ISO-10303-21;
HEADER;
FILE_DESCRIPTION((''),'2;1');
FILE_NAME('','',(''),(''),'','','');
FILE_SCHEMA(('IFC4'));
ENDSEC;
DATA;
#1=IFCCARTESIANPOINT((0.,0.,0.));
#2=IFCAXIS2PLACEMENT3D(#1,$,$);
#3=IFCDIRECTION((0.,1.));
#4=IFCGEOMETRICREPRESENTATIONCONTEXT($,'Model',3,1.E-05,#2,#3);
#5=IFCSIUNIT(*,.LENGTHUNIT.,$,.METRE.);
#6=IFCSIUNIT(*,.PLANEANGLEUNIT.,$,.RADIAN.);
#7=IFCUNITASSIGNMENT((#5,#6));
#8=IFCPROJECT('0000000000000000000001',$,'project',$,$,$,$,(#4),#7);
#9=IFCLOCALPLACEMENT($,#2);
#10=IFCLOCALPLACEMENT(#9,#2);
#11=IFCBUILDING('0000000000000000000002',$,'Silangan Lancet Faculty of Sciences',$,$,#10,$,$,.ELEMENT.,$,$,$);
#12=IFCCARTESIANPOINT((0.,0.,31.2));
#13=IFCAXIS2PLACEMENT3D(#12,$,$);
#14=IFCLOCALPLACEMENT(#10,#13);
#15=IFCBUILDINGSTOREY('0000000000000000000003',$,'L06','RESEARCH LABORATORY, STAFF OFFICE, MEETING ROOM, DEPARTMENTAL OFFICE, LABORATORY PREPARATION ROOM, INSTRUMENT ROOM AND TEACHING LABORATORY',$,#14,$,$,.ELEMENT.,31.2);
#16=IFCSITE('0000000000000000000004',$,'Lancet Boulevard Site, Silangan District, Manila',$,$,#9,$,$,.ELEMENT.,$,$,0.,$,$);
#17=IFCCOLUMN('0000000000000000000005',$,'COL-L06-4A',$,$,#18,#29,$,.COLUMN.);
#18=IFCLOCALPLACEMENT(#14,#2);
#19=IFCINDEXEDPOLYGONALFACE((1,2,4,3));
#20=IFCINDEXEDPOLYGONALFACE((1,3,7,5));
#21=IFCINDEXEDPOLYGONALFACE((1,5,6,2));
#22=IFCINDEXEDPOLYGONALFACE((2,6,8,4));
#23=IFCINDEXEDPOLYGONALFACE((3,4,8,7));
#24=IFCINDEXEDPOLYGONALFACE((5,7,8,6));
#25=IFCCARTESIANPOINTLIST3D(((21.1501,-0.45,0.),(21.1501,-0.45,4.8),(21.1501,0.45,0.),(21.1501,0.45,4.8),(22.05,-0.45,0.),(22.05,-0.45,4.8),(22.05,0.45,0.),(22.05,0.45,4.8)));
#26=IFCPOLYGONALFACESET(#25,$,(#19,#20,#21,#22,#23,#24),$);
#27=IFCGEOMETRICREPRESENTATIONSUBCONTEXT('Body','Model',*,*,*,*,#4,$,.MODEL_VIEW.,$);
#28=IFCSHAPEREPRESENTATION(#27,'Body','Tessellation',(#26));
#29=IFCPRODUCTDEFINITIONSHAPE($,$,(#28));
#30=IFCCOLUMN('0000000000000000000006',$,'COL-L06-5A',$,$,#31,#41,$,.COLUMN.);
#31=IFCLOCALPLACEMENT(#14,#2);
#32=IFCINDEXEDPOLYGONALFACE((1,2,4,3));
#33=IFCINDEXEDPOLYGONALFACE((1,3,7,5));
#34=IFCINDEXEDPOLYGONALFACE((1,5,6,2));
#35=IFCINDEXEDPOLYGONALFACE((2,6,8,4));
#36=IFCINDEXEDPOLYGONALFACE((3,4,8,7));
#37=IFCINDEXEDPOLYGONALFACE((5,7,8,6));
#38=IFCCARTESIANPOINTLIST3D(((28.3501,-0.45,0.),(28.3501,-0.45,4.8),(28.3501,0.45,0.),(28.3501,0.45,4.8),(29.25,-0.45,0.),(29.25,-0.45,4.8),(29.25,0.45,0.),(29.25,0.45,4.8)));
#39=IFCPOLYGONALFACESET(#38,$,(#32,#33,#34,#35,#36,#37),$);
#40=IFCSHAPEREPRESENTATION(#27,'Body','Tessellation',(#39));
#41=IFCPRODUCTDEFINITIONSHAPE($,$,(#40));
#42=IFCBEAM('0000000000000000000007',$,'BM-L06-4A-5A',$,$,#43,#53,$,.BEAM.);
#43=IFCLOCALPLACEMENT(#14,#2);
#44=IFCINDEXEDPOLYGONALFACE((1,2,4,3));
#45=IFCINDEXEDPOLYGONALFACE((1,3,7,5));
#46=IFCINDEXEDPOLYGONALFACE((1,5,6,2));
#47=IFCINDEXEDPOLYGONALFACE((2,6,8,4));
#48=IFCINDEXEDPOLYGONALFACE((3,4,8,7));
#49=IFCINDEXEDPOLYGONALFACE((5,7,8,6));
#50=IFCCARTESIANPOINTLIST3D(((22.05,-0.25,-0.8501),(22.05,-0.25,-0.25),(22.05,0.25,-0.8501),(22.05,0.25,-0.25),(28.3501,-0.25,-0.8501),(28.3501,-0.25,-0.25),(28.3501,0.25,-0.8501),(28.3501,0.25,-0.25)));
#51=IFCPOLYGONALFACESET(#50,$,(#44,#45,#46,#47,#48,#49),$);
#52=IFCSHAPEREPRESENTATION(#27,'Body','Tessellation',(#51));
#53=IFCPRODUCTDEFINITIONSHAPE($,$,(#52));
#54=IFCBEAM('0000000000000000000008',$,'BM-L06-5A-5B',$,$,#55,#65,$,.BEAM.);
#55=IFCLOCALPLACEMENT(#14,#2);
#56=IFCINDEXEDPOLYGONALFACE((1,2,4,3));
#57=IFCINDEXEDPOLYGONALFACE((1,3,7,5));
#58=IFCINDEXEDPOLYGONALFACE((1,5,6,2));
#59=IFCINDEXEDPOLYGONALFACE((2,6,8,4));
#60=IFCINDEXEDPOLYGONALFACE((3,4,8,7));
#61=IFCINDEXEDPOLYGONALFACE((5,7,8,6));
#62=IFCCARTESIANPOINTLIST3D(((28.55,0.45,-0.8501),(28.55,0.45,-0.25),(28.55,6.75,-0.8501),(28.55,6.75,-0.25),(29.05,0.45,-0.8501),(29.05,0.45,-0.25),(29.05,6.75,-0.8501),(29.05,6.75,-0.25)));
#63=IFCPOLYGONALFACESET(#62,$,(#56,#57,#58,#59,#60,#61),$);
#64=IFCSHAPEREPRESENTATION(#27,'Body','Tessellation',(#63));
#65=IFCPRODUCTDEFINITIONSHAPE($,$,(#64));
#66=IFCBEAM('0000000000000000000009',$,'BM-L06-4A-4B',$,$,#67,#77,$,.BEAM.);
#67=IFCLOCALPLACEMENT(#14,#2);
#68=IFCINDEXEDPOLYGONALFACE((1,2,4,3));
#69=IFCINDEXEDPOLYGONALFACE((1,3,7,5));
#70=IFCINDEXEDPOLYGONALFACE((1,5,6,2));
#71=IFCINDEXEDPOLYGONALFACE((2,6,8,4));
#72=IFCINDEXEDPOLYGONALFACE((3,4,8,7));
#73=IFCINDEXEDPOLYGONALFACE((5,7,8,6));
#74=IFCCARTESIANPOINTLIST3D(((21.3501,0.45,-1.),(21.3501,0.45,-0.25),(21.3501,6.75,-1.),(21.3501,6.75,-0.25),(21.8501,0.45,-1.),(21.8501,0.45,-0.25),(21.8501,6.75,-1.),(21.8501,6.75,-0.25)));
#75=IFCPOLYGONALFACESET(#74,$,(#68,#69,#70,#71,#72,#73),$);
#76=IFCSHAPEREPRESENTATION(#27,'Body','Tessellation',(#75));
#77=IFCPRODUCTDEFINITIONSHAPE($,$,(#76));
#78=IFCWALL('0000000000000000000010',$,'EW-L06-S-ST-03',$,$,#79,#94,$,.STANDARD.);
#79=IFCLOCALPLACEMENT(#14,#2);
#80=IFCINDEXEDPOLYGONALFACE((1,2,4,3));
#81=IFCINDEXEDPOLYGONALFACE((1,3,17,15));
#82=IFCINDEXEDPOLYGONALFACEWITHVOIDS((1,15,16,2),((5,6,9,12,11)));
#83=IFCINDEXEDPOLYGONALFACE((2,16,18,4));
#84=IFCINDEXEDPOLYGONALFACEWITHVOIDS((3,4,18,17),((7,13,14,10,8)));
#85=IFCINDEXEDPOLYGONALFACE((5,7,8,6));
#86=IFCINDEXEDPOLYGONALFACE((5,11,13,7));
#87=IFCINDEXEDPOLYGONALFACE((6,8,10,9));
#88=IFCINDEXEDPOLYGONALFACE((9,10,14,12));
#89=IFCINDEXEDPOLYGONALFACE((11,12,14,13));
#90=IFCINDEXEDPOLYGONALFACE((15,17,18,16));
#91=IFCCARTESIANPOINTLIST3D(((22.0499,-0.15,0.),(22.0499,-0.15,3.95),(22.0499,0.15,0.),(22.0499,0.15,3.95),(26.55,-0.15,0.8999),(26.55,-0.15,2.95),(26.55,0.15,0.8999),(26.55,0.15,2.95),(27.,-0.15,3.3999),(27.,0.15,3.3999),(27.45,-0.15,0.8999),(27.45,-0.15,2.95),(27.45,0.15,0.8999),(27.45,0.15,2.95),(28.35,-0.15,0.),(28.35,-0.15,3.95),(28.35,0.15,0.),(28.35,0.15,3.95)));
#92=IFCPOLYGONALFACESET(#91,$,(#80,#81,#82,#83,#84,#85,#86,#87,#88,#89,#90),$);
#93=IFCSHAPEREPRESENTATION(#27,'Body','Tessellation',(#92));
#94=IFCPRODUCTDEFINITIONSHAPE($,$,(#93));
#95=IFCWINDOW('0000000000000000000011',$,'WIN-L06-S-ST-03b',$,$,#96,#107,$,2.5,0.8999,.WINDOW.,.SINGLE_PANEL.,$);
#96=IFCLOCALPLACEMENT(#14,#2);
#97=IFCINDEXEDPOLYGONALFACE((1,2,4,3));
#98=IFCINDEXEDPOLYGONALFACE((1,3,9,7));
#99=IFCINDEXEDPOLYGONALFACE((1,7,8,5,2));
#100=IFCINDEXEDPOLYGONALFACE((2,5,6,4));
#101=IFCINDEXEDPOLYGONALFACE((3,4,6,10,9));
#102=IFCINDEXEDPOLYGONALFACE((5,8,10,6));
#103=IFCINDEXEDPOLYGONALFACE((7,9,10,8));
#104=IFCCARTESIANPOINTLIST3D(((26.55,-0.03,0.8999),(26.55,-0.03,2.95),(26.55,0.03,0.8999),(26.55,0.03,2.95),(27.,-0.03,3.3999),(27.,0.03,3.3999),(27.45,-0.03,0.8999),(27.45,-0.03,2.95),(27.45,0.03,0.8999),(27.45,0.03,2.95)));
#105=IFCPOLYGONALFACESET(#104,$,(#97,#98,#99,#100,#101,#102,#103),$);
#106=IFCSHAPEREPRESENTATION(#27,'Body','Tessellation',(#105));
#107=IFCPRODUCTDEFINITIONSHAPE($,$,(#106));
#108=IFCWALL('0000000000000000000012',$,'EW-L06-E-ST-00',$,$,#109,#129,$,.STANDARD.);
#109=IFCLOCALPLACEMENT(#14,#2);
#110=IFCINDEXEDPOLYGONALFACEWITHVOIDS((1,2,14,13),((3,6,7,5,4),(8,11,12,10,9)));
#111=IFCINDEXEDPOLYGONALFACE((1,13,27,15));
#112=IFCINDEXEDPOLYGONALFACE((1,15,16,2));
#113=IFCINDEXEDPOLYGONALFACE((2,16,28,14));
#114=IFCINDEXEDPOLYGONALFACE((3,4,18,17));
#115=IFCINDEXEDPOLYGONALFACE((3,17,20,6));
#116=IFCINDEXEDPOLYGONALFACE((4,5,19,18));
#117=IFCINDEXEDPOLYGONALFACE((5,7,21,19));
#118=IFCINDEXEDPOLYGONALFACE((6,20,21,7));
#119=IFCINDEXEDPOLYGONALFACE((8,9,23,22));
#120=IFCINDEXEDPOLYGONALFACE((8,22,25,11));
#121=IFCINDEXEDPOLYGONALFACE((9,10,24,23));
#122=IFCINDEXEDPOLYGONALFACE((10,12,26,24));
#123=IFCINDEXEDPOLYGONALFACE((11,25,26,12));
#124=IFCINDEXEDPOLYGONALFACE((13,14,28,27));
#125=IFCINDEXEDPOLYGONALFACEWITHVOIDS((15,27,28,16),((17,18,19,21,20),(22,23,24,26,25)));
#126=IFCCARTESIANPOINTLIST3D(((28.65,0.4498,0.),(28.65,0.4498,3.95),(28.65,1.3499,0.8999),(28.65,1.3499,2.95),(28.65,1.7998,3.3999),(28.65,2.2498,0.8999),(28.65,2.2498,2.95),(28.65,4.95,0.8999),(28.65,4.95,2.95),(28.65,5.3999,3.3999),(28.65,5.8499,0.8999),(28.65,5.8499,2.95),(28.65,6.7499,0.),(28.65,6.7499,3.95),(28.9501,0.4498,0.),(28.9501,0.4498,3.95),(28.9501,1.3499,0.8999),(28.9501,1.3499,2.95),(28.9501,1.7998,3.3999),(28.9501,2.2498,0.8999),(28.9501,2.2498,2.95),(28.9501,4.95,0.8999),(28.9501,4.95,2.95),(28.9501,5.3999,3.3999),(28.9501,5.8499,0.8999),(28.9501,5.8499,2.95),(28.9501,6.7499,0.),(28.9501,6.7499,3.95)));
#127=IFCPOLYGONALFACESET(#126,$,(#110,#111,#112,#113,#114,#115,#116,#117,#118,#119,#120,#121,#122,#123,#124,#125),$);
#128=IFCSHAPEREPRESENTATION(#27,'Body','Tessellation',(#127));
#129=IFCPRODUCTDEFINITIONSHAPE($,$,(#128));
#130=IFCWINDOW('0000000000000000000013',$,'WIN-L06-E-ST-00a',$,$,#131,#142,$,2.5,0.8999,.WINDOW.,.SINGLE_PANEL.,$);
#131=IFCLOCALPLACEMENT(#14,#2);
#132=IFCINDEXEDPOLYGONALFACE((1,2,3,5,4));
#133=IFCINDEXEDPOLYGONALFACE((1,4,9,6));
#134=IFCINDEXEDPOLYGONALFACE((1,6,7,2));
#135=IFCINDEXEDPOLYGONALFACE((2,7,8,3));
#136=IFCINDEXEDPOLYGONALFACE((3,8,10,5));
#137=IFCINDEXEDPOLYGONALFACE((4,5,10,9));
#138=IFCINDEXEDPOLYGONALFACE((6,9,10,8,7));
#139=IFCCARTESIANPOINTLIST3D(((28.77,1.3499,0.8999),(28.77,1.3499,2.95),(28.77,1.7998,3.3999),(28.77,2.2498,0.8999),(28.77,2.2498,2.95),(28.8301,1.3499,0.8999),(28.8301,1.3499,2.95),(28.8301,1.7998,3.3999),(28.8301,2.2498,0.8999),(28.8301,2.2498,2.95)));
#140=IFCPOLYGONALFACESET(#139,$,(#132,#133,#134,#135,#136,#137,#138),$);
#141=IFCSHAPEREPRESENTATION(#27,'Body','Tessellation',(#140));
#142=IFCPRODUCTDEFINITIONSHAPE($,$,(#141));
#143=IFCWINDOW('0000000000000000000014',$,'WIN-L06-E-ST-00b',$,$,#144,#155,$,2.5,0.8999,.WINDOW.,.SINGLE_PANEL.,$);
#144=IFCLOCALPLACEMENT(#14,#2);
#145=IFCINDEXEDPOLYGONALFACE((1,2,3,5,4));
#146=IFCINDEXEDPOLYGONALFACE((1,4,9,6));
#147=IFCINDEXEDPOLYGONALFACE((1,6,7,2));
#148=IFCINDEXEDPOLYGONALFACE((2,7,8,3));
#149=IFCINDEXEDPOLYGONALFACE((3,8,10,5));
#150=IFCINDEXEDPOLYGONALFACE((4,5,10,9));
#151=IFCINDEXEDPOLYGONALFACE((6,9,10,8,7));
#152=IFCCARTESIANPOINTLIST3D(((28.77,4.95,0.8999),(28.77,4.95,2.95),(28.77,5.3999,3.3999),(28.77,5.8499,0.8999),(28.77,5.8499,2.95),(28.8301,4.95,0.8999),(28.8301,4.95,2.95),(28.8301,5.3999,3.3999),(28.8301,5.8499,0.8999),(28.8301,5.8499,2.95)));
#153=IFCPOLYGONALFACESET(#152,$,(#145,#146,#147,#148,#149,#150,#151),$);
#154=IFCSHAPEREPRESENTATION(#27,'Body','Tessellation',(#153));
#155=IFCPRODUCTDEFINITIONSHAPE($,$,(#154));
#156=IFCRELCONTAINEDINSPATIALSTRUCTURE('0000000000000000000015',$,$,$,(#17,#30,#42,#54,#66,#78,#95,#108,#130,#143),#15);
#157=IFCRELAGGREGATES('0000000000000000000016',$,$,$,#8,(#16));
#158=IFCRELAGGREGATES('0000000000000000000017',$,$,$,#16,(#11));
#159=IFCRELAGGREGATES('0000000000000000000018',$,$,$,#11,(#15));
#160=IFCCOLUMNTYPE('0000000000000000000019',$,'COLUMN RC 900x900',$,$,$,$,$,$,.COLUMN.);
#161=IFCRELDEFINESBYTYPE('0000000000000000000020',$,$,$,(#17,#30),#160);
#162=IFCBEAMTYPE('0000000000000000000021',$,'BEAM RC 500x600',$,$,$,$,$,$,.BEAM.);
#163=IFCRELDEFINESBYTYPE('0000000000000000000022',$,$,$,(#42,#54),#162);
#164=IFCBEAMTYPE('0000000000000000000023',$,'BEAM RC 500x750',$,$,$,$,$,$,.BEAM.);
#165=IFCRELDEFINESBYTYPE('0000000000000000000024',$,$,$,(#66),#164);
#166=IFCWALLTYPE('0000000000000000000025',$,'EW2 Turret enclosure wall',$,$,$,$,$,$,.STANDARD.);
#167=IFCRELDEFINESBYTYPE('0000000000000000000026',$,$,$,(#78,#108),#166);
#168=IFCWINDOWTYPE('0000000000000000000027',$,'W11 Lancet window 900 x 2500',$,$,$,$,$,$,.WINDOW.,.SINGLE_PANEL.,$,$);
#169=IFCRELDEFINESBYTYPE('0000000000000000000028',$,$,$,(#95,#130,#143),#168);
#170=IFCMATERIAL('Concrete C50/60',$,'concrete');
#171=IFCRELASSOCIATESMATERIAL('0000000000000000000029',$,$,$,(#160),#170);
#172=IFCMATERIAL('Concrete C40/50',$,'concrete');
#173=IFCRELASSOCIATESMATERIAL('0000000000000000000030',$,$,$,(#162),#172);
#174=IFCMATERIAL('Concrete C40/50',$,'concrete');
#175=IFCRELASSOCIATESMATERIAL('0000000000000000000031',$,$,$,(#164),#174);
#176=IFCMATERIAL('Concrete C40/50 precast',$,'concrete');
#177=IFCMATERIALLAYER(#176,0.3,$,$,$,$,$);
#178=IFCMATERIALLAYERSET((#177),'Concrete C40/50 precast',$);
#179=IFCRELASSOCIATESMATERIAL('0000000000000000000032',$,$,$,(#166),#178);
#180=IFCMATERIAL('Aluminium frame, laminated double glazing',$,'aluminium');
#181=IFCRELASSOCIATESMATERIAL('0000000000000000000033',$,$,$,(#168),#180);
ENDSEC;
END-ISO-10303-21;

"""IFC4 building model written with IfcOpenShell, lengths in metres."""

from ifc_helpers import new_model, si_unit, direction, frame, frame_2d, origin, origin_2d, place, context, subcontext, project, spatial, polyline, rectangle, outline, extrude, material, layer, layer_set, material_profile, profile_set, type_object, element, fill, save


model = new_model("IFC4")

# Units and contexts
model_context = context("Model", 3, precision=1e-05, world=origin(), true_north=direction((0.0, 1.0)))
body_context = subcontext(model_context, "Body", "Model", "MODEL_VIEW")
ifc_project = project(units=[si_unit("LENGTHUNIT", "METRE"), si_unit("PLANEANGLEUNIT", "RADIAN")], contexts=[model_context])

# Site, building, storey
site_placement = place(None, origin())
site = spatial("IfcSite", under=ifc_project, at=site_placement, Name="Lancet Boulevard Site, Silangan District, Manila", CompositionType="ELEMENT", RefElevation=0.0)
building_placement = place(site_placement, origin())
building = spatial("IfcBuilding", under=site, at=building_placement, Name="Silangan Lancet Faculty of Sciences", CompositionType="ELEMENT")
storey_placement = place(building_placement, frame((0.0, 0.0, 31.2)))
storey = spatial("IfcBuildingStorey", under=building, at=storey_placement, Name="L06", Description="RESEARCH LABORATORY, STAFF OFFICE, MEETING ROOM, DEPARTMENTAL OFFICE, LABORATORY PREPARATION ROOM, INSTRUMENT ROOM AND TEACHING LABORATORY", CompositionType="ELEMENT", Elevation=31.2)

# Columns
ifc_material_1 = material(Name="Concrete C50/60", Category="concrete")
ifc_material_profile_1 = material_profile(ifc_material_1, rectangle(XDim=0.8999, YDim=0.8999, at=origin_2d()), Name="RC 900x900")
ifc_profile_set_1 = profile_set([ifc_material_profile_1], Name="Concrete C50/60")
column_type = type_object("IfcColumnType", Name="COLUMN RC 900x900", PredefinedType="COLUMN", material=ifc_profile_set_1)
for number, where, z_axis, x_axis, name in (
    (1, (21.6001, 0.0, 0.0), (0.0, 0.0, 1.0), (1.0, 0.0, 0.0), "COL-L06-4A"),
    (2, (28.8, 0.0, 0.0), (0.0, 0.0, 1.0), (1.0, 0.0, 0.0), "COL-L06-5A"),
):
    element("IfcColumn", number, at=place(storey_placement, frame(where, z_axis=z_axis, x_axis=x_axis)), inside=storey, type_object=column_type, Name=name, PredefinedType="COLUMN", context=body_context, shape_type="SweptSolid", body=[
        extrude(rectangle(XDim=0.8999, YDim=0.8999, at=origin_2d()), origin(), (0.0, 0.0, 1.0), 4.8),
    ])

# Beams
ifc_material_2 = material(Name="Concrete C40/50", Category="concrete")
ifc_material_profile_2 = material_profile(ifc_material_2, rectangle(XDim=0.5, YDim=0.6001, at=origin_2d()), Name="RC 500x600")
ifc_profile_set_2 = profile_set([ifc_material_profile_2], Name="Concrete C40/50")
beam_type_1 = type_object("IfcBeamType", Name="BEAM RC 500x600", PredefinedType="BEAM", material=ifc_profile_set_2)
for number, where, z_axis, x_axis, name in (
    (3, (22.05, 0.0, -0.55), (1.0, 0.0, 0.0), (0.0, 1.0, 0.0), "BM-L06-4A-5A"),
    (4, (28.8, 0.45, -0.55), (0.0, 1.0, 0.0), (-1.0, 0.0, 0.0), "BM-L06-5A-5B"),
):
    element("IfcBeam", number, at=place(storey_placement, frame(where, z_axis=z_axis, x_axis=x_axis)), inside=storey, type_object=beam_type_1, Name=name, PredefinedType="BEAM", context=body_context, shape_type="SweptSolid", body=[
        extrude(rectangle(XDim=0.5, YDim=0.6001, at=origin_2d()), origin(), (0.0, 0.0, 1.0), 6.3),
    ])
ifc_material_3 = material(Name="Concrete C40/50", Category="concrete")
ifc_material_profile_3 = material_profile(ifc_material_3, rectangle(XDim=0.5, YDim=0.75, at=origin_2d()), Name="RC 500x750")
ifc_profile_set_3 = profile_set([ifc_material_profile_3], Name="Concrete C40/50")
beam_type_2 = type_object("IfcBeamType", Name="BEAM RC 500x750", PredefinedType="BEAM", material=ifc_profile_set_3)
beam_placement = place(storey_placement, frame((21.6001, 0.45, -0.625), z_axis=(0.0, 1.0, 0.0), x_axis=(-1.0, 0.0, 0.0)))
element("IfcBeam", 5, at=beam_placement, inside=storey, type_object=beam_type_2, Name="BM-L06-4A-4B", PredefinedType="BEAM", context=body_context, shape_type="SweptSolid", body=[
    extrude(rectangle(XDim=0.5, YDim=0.75, at=origin_2d()), origin(), (0.0, 0.0, 1.0), 6.3),
])

# Wall, opening, window
ifc_material_4 = material(Name="Concrete C40/50 precast", Category="concrete")
ifc_layer_1 = layer(ifc_material_4, 0.3)
ifc_layer_set_1 = layer_set([ifc_layer_1], Name="Concrete C40/50 precast")
wall_type_1 = type_object("IfcWallType", Name="EW2 Turret enclosure wall", PredefinedType="STANDARD", material=ifc_layer_set_1)
wall_1_placement = place(storey_placement, frame((22.05, 0.0, 0.0), z_axis=(0.0, 0.0, 1.0), x_axis=(1.0, 0.0, 0.0)))
wall_1 = element("IfcWall", 6, at=wall_1_placement, inside=storey, type_object=wall_type_1, Name="EW-L06-S-ST-03", PredefinedType="STANDARD", context=body_context, shape_type="SweptSolid", body=[
    extrude(rectangle(XDim=6.3, YDim=0.3, at=frame_2d((3.1499, 0.0))), origin(), (0.0, 0.0, 1.0), 3.95),
])
opening_1_placement = place(wall_1_placement, frame((4.5, 0.0, 0.8999)))
opening_1 = element("IfcOpeningElement", 7, at=opening_1_placement, cuts=wall_1, PredefinedType="OPENING", context=body_context, shape_type="SweptSolid", body=[
    extrude(outline(polyline([(0.0, 0.0), (0.8999, 0.0), (0.8999, 2.05), (0.45, 2.5), (0.0, 2.05), (0.0, 0.0)])), frame((0.0, 0.1599, 0.0), z_axis=(0.0, -1.0, 0.0), x_axis=(1.0, 0.0, 0.0)), (0.0, 0.0, 1.0), 0.3201),
])
ifc_material_5 = material(Name="Aluminium frame, laminated double glazing", Category="aluminium")
window_type = type_object("IfcWindowType", Name="W11 Lancet window 900 x 2500", PartitioningType="SINGLE_PANEL", PredefinedType="WINDOW", material=ifc_material_5)
window_1_placement = place(opening_1_placement, origin())
window_1 = element("IfcWindow", 8, at=window_1_placement, inside=storey, type_object=window_type, Name="WIN-L06-S-ST-03b", OverallHeight=2.5, OverallWidth=0.8999, PartitioningType="SINGLE_PANEL", PredefinedType="WINDOW", context=body_context, shape_type="SweptSolid", body=[
    extrude(outline(polyline([(0.0, 0.0), (0.8999, 0.0), (0.8999, 2.05), (0.45, 2.5), (0.0, 2.05), (0.0, 0.0)])), frame((0.0, 0.03, 0.0), z_axis=(0.0, -1.0, 0.0), x_axis=(1.0, 0.0, 0.0)), (0.0, 0.0, 1.0), 0.0601),
])
fill(opening_1, window_1)

# Wall, openings, windows
wall_2_placement = place(storey_placement, frame((28.8, 0.45, 0.0), z_axis=(0.0, 0.0, 1.0), x_axis=(0.0, 1.0, 0.0)))
wall_2 = element("IfcWall", 9, at=wall_2_placement, inside=storey, type_object=wall_type_1, Name="EW-L06-E-ST-00", PredefinedType="STANDARD", context=body_context, shape_type="SweptSolid", body=[
    extrude(rectangle(XDim=6.3, YDim=0.3, at=frame_2d((3.1499, 0.0))), origin(), (0.0, 0.0, 1.0), 3.95),
])
opening_2_placement = place(wall_2_placement, frame((0.8999, 0.0, 0.8999)))
opening_2 = element("IfcOpeningElement", 10, at=opening_2_placement, cuts=wall_2, PredefinedType="OPENING", context=body_context, shape_type="SweptSolid", body=[
    extrude(outline(polyline([(0.0, 0.0), (0.8999, 0.0), (0.8999, 2.05), (0.45, 2.5), (0.0, 2.05), (0.0, 0.0)])), frame((0.0, 0.1599, 0.0), z_axis=(0.0, -1.0, 0.0), x_axis=(1.0, 0.0, 0.0)), (0.0, 0.0, 1.0), 0.3201),
])
opening_3_placement = place(wall_2_placement, frame((4.5, 0.0, 0.8999)))
opening_3 = element("IfcOpeningElement", 11, at=opening_3_placement, cuts=wall_2, PredefinedType="OPENING", context=body_context, shape_type="SweptSolid", body=[
    extrude(outline(polyline([(0.0, 0.0), (0.8999, 0.0), (0.8999, 2.05), (0.45, 2.5), (0.0, 2.05), (0.0, 0.0)])), frame((0.0, 0.1599, 0.0), z_axis=(0.0, -1.0, 0.0), x_axis=(1.0, 0.0, 0.0)), (0.0, 0.0, 1.0), 0.3201),
])
window_2_placement = place(opening_2_placement, origin())
window_2 = element("IfcWindow", 12, at=window_2_placement, inside=storey, type_object=window_type, Name="WIN-L06-E-ST-00a", OverallHeight=2.5, OverallWidth=0.8999, PartitioningType="SINGLE_PANEL", PredefinedType="WINDOW", context=body_context, shape_type="SweptSolid", body=[
    extrude(outline(polyline([(0.0, 0.0), (0.8999, 0.0), (0.8999, 2.05), (0.45, 2.5), (0.0, 2.05), (0.0, 0.0)])), frame((0.0, 0.03, 0.0), z_axis=(0.0, -1.0, 0.0), x_axis=(1.0, 0.0, 0.0)), (0.0, 0.0, 1.0), 0.0601),
])
fill(opening_2, window_2)
window_3_placement = place(opening_3_placement, origin())
window_3 = element("IfcWindow", 13, at=window_3_placement, inside=storey, type_object=window_type, Name="WIN-L06-E-ST-00b", OverallHeight=2.5, OverallWidth=0.8999, PartitioningType="SINGLE_PANEL", PredefinedType="WINDOW", context=body_context, shape_type="SweptSolid", body=[
    extrude(outline(polyline([(0.0, 0.0), (0.8999, 0.0), (0.8999, 2.05), (0.45, 2.5), (0.0, 2.05), (0.0, 0.0)])), frame((0.0, 0.03, 0.0), z_axis=(0.0, -1.0, 0.0), x_axis=(1.0, 0.0, 0.0)), (0.0, 0.0, 1.0), 0.0601),
])
fill(opening_3, window_3)

save(model, "model.ifc")
